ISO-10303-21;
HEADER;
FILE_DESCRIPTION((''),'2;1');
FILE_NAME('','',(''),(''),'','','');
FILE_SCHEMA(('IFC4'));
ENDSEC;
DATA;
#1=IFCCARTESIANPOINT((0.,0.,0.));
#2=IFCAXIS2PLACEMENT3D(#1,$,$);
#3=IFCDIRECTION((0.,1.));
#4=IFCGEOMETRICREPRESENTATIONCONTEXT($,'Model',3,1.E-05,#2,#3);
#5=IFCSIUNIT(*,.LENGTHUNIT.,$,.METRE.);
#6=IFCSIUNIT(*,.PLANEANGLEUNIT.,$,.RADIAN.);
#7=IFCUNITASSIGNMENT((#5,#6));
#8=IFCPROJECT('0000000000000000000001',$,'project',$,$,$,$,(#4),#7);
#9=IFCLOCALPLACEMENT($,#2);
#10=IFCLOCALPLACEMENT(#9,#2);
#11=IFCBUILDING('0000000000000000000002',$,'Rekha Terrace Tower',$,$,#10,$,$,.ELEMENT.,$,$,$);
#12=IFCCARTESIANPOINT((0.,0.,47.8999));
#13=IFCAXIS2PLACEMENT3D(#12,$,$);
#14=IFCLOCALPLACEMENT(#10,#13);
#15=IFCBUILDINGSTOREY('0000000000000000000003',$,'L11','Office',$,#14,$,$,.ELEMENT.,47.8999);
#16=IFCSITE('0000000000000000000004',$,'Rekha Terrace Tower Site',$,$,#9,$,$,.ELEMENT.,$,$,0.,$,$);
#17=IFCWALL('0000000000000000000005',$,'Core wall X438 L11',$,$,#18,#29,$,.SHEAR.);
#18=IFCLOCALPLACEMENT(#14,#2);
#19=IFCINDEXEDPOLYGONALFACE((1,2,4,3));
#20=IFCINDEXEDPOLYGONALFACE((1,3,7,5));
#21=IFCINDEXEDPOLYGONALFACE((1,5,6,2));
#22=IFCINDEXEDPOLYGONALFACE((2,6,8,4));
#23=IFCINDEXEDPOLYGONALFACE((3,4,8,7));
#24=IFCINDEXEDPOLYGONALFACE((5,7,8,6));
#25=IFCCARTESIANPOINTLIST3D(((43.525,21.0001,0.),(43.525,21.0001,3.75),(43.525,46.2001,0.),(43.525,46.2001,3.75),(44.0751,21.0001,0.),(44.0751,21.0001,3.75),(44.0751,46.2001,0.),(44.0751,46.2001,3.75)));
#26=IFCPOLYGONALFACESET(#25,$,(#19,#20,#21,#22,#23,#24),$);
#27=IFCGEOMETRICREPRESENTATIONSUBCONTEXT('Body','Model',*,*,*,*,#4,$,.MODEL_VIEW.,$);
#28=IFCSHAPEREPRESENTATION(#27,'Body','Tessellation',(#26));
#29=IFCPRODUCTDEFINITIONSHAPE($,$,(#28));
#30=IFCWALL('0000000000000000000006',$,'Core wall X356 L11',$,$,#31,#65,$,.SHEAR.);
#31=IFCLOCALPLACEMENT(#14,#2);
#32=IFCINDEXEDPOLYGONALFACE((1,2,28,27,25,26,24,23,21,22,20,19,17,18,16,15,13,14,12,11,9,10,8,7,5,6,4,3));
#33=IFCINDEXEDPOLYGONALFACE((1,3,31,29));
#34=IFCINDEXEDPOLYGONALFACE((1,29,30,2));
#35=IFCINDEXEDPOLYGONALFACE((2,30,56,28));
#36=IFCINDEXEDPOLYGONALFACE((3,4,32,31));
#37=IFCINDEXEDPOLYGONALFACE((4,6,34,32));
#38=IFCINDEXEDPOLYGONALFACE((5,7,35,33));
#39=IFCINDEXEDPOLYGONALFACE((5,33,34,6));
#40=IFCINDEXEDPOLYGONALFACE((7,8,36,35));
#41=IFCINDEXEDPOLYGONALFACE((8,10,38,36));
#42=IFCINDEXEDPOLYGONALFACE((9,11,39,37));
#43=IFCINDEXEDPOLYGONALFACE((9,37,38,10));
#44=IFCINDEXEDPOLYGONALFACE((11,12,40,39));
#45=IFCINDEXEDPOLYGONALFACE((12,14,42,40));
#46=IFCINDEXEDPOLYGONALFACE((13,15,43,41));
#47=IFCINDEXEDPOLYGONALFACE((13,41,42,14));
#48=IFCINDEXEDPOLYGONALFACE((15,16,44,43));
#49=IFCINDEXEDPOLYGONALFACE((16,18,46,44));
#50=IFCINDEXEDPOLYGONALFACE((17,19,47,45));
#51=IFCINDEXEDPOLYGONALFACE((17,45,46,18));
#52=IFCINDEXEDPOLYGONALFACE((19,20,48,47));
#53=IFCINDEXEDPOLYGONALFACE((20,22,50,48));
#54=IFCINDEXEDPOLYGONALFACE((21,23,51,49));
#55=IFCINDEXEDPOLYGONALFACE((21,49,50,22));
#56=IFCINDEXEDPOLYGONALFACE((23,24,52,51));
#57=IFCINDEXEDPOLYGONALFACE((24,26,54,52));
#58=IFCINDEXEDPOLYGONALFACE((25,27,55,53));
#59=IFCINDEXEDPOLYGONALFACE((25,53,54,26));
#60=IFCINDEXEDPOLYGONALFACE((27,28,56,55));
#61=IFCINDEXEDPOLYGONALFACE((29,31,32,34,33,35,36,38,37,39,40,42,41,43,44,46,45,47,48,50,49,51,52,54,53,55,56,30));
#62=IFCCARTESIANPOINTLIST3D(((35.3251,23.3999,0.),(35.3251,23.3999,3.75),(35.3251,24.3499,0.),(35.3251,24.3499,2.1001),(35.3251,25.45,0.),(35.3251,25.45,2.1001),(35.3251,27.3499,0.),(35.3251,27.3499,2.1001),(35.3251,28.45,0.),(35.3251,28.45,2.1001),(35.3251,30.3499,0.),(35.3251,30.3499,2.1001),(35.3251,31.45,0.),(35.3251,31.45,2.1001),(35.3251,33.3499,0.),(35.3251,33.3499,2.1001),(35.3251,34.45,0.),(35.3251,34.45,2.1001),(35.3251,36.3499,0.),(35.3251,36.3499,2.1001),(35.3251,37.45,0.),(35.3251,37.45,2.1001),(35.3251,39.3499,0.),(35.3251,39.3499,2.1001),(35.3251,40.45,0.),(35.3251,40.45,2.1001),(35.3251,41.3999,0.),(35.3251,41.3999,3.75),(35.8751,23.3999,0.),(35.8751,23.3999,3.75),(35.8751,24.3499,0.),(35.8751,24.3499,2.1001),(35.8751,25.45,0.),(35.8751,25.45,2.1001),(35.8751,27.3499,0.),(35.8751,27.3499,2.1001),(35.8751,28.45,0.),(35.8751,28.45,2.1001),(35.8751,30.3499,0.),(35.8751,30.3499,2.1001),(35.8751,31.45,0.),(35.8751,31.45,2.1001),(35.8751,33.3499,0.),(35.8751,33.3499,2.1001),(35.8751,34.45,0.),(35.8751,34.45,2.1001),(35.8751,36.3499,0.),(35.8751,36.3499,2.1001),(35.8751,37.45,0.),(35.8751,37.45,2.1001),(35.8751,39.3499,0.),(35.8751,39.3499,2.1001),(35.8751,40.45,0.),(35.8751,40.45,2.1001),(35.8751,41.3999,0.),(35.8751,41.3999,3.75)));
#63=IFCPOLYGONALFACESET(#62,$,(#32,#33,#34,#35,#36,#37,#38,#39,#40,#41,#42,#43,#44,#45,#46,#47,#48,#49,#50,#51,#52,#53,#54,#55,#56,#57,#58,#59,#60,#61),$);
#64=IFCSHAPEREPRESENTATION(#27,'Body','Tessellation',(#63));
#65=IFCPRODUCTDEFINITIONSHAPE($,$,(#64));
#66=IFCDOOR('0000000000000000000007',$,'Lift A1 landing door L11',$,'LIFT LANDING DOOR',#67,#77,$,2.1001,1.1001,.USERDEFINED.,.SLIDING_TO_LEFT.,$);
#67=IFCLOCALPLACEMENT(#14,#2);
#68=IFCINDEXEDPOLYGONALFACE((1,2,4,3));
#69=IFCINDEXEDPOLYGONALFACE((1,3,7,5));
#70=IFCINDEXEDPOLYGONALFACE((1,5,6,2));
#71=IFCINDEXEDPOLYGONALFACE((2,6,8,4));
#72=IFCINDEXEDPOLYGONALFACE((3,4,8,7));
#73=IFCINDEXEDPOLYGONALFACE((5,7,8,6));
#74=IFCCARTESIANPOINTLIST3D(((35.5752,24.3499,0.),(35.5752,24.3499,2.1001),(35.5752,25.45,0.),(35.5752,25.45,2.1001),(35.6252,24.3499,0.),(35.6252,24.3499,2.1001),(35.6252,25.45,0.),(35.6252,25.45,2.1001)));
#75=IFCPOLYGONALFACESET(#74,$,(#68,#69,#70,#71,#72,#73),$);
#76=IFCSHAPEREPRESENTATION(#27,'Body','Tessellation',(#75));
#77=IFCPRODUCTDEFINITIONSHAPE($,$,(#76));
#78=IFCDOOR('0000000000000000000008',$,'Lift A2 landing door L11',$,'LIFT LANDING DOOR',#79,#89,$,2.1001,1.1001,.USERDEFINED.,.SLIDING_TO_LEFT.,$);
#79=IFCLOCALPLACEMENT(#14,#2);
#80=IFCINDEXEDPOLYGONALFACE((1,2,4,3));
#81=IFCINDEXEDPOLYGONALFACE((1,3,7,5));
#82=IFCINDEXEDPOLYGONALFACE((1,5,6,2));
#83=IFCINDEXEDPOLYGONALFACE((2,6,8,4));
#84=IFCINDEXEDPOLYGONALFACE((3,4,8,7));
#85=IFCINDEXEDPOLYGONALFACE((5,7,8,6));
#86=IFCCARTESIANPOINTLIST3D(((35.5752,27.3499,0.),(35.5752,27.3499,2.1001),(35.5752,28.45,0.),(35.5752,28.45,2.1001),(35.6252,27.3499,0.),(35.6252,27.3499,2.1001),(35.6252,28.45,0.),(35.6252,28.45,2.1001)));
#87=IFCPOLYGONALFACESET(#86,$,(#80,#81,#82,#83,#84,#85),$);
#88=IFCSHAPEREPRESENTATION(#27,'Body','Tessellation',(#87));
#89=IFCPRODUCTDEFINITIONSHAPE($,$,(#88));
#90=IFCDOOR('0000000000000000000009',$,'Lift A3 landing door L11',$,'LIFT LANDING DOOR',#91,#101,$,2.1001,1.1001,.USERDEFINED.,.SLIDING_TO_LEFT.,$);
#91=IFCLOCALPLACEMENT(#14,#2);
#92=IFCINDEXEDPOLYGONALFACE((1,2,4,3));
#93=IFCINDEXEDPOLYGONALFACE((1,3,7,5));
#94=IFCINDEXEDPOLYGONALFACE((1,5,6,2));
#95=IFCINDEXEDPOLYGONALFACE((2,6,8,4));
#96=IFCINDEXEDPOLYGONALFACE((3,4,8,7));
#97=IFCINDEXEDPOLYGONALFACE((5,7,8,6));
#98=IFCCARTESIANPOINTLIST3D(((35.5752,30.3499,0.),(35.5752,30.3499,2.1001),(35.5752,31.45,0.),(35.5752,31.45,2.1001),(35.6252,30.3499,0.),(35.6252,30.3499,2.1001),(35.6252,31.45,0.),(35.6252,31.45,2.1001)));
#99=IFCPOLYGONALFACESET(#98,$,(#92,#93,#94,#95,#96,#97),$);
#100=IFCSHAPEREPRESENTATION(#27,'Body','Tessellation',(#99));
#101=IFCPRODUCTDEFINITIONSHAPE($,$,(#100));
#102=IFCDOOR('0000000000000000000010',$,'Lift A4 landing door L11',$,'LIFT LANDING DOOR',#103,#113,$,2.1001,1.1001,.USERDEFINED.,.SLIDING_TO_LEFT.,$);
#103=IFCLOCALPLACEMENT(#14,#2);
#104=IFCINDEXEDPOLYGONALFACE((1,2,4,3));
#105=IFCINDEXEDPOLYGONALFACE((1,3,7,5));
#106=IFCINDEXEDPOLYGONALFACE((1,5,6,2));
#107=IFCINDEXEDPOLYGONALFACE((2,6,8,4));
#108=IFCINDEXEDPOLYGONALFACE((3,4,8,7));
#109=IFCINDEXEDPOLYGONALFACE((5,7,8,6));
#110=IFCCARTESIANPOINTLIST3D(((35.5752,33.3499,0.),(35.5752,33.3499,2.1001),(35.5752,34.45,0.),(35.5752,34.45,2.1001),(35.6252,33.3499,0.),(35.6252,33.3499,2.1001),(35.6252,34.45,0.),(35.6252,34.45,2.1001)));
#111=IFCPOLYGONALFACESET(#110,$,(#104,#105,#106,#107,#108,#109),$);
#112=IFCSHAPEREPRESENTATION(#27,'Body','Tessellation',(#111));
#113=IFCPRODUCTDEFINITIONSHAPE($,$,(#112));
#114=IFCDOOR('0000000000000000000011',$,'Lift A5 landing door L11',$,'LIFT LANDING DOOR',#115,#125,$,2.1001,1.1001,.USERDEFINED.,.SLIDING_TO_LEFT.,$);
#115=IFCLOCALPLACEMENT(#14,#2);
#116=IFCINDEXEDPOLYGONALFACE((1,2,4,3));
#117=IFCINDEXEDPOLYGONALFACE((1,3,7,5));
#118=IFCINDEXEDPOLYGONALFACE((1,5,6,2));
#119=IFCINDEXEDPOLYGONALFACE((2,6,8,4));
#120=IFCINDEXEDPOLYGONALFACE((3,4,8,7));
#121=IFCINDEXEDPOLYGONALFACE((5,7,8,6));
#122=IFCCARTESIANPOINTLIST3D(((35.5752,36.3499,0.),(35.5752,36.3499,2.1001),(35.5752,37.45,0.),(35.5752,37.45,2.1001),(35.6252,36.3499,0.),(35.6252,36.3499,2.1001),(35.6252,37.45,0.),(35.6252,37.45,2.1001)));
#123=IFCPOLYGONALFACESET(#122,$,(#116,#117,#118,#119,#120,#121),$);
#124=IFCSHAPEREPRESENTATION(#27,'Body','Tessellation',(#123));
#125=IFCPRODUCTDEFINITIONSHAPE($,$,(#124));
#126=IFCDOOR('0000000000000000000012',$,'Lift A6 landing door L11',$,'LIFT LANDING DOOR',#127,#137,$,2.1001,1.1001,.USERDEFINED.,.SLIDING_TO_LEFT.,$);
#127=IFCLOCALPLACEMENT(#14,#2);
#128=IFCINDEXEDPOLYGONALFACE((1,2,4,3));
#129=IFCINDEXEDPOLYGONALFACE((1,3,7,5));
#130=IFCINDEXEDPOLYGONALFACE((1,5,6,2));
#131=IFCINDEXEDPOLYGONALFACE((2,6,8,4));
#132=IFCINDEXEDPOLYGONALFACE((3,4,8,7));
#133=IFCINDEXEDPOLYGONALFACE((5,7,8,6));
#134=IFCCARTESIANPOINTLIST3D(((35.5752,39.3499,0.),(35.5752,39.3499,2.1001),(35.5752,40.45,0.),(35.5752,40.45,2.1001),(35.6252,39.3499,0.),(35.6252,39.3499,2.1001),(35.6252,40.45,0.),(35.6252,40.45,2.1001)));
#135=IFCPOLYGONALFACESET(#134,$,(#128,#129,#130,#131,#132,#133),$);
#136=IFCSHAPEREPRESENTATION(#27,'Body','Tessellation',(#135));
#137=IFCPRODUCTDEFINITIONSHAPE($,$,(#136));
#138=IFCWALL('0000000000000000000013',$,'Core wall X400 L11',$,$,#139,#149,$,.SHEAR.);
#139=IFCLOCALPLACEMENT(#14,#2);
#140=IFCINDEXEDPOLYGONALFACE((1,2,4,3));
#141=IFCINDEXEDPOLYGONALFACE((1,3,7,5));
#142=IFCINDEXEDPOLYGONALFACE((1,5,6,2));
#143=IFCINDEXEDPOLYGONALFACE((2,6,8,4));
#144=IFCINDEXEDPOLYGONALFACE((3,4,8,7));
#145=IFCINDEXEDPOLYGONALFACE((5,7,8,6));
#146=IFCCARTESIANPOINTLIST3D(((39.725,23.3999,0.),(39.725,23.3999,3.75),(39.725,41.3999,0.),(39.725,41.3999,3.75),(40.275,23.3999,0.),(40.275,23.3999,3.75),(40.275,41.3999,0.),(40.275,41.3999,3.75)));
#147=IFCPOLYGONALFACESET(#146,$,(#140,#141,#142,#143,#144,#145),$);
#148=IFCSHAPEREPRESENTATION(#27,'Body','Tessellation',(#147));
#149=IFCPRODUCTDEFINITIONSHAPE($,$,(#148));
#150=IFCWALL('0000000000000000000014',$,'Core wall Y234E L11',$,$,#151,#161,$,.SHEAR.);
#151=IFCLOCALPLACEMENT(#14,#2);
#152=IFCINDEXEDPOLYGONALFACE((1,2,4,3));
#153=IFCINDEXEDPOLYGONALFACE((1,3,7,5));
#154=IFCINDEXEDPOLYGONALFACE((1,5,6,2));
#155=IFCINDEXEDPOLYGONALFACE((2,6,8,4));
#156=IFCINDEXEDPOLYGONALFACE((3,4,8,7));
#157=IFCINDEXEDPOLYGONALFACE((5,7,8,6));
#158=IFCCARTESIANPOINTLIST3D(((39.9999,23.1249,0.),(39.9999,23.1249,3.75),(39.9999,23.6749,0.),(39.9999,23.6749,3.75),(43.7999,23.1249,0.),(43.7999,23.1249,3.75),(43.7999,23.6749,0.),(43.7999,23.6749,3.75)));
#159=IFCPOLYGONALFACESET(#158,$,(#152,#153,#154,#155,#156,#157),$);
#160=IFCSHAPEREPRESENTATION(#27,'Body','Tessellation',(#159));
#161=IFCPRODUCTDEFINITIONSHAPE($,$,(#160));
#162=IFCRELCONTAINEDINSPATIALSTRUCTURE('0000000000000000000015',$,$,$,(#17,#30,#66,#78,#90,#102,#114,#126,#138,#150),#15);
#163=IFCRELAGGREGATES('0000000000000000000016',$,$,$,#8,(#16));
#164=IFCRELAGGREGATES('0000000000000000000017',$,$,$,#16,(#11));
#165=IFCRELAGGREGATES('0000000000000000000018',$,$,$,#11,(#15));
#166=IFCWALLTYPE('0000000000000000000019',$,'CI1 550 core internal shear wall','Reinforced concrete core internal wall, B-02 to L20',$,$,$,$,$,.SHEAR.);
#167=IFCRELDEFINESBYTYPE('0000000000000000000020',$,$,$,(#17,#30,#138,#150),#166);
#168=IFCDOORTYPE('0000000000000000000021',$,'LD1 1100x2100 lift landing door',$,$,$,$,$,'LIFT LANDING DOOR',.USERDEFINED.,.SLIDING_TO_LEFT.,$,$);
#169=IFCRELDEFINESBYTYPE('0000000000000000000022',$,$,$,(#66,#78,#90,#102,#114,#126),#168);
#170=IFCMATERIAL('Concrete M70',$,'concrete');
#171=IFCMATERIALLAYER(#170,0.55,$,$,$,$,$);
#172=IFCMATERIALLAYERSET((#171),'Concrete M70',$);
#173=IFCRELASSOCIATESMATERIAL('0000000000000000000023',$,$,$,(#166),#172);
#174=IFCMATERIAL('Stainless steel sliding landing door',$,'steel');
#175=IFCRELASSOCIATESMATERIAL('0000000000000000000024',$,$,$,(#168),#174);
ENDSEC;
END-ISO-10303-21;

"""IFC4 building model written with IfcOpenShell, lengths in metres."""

from ifc_helpers import new_model, si_unit, direction, frame, frame_2d, origin, place, context, subcontext, project, spatial, rectangle, extrude, material, layer, layer_set, type_object, element, fill, save


model = new_model("IFC4")

# Units and contexts
model_context = context("Model", 3, precision=1e-05, world=origin(), true_north=direction((0.0, 1.0)))
body_context = subcontext(model_context, "Body", "Model", "MODEL_VIEW")
ifc_project = project(units=[si_unit("LENGTHUNIT", "METRE"), si_unit("PLANEANGLEUNIT", "RADIAN")], contexts=[model_context])

# Site, building, storey
site_placement = place(None, origin())
site = spatial("IfcSite", under=ifc_project, at=site_placement, Name="Rekha Terrace Tower Site", CompositionType="ELEMENT", RefElevation=0.0)
building_placement = place(site_placement, origin())
building = spatial("IfcBuilding", under=site, at=building_placement, Name="Rekha Terrace Tower", CompositionType="ELEMENT")
storey_placement = place(building_placement, frame((0.0, 0.0, 47.8999)))
storey = spatial("IfcBuildingStorey", under=building, at=storey_placement, Name="L11", Description="Office", CompositionType="ELEMENT", Elevation=47.8999)

# Wall
ifc_material_1 = material(Name="Concrete M70", Category="concrete")
ifc_layer_1 = layer(ifc_material_1, 0.55)
ifc_layer_set_1 = layer_set([ifc_layer_1], Name="Concrete M70")
wall_type_1 = type_object("IfcWallType", Name="CI1 550 core internal shear wall", Description="Reinforced concrete core internal wall, B-02 to L20", PredefinedType="SHEAR", material=ifc_layer_set_1)
wall_1_placement = place(storey_placement, frame((43.8, 21.0, 0.0), z_axis=(0.0, 0.0, 1.0), x_axis=(0.0, 1.0, 0.0)))
element("IfcWall", 1, at=wall_1_placement, inside=storey, type_object=wall_type_1, Name="Core wall X438 L11", PredefinedType="SHEAR", context=body_context, shape_type="SweptSolid", body=[
    extrude(rectangle(XDim=25.2, YDim=0.55, at=frame_2d((12.6001, 0.0))), origin(), (0.0, 0.0, 1.0), 3.75),
])

# Wall, openings, doors
wall_2_placement = place(storey_placement, frame((35.6001, 23.3999, 0.0), z_axis=(0.0, 0.0, 1.0), x_axis=(0.0, 1.0, 0.0)))
wall_2 = element("IfcWall", 2, at=wall_2_placement, inside=storey, type_object=wall_type_1, Name="Core wall X356 L11", PredefinedType="SHEAR", context=body_context, shape_type="SweptSolid", body=[
    extrude(rectangle(XDim=18.0, YDim=0.55, at=frame_2d((9.0, 0.0))), origin(), (0.0, 0.0, 1.0), 3.75),
])
opening_1_placement = place(wall_2_placement, frame((0.95, 0.0, 0.0)))
opening_1 = element("IfcOpeningElement", 3, at=opening_1_placement, cuts=wall_2, PredefinedType="OPENING", context=body_context, shape_type="SweptSolid", body=[
    extrude(rectangle(XDim=1.1001, YDim=2.1001, at=frame_2d((0.55, 1.05))), frame((0.0, 0.2849, 0.0), z_axis=(0.0, -1.0, 0.0), x_axis=(1.0, 0.0, 0.0)), (0.0, 0.0, 1.0), 0.5701),
])
opening_2_placement = place(wall_2_placement, frame((3.95, 0.0, 0.0)))
opening_2 = element("IfcOpeningElement", 4, at=opening_2_placement, cuts=wall_2, PredefinedType="OPENING", context=body_context, shape_type="SweptSolid", body=[
    extrude(rectangle(XDim=1.1001, YDim=2.1001, at=frame_2d((0.55, 1.05))), frame((0.0, 0.2849, 0.0), z_axis=(0.0, -1.0, 0.0), x_axis=(1.0, 0.0, 0.0)), (0.0, 0.0, 1.0), 0.5701),
])
opening_3_placement = place(wall_2_placement, frame((6.95, 0.0, 0.0)))
opening_3 = element("IfcOpeningElement", 5, at=opening_3_placement, cuts=wall_2, PredefinedType="OPENING", context=body_context, shape_type="SweptSolid", body=[
    extrude(rectangle(XDim=1.1001, YDim=2.1001, at=frame_2d((0.55, 1.05))), frame((0.0, 0.2849, 0.0), z_axis=(0.0, -1.0, 0.0), x_axis=(1.0, 0.0, 0.0)), (0.0, 0.0, 1.0), 0.5701),
])
opening_4_placement = place(wall_2_placement, frame((9.95, 0.0, 0.0)))
opening_4 = element("IfcOpeningElement", 6, at=opening_4_placement, cuts=wall_2, PredefinedType="OPENING", context=body_context, shape_type="SweptSolid", body=[
    extrude(rectangle(XDim=1.1001, YDim=2.1001, at=frame_2d((0.55, 1.05))), frame((0.0, 0.2849, 0.0), z_axis=(0.0, -1.0, 0.0), x_axis=(1.0, 0.0, 0.0)), (0.0, 0.0, 1.0), 0.5701),
])
opening_5_placement = place(wall_2_placement, frame((12.95, 0.0, 0.0)))
opening_5 = element("IfcOpeningElement", 7, at=opening_5_placement, cuts=wall_2, PredefinedType="OPENING", context=body_context, shape_type="SweptSolid", body=[
    extrude(rectangle(XDim=1.1001, YDim=2.1001, at=frame_2d((0.55, 1.05))), frame((0.0, 0.2849, 0.0), z_axis=(0.0, -1.0, 0.0), x_axis=(1.0, 0.0, 0.0)), (0.0, 0.0, 1.0), 0.5701),
])
opening_6_placement = place(wall_2_placement, frame((15.95, 0.0, 0.0)))
opening_6 = element("IfcOpeningElement", 8, at=opening_6_placement, cuts=wall_2, PredefinedType="OPENING", context=body_context, shape_type="SweptSolid", body=[
    extrude(rectangle(XDim=1.1001, YDim=2.1001, at=frame_2d((0.55, 1.05))), frame((0.0, 0.2849, 0.0), z_axis=(0.0, -1.0, 0.0), x_axis=(1.0, 0.0, 0.0)), (0.0, 0.0, 1.0), 0.5701),
])
ifc_material_2 = material(Name="Stainless steel sliding landing door", Category="steel")
door_type_1 = type_object("IfcDoorType", Name="LD1 1100x2100 lift landing door", ElementType="LIFT LANDING DOOR", OperationType="SLIDING_TO_LEFT", PredefinedType="USERDEFINED", material=ifc_material_2)
door_1_placement = place(opening_1_placement, origin())
door_1 = element("IfcDoor", 9, at=door_1_placement, inside=storey, type_object=door_type_1, Name="Lift A1 landing door L11", ObjectType="LIFT LANDING DOOR", OperationType="SLIDING_TO_LEFT", OverallHeight=2.1001, OverallWidth=1.1001, PredefinedType="USERDEFINED", context=body_context, shape_type="SweptSolid", body=[
    extrude(rectangle(XDim=1.1001, YDim=2.1001, at=frame_2d((0.55, 1.05))), frame((0.0, 0.0249, 0.0), z_axis=(0.0, -1.0, 0.0), x_axis=(1.0, 0.0, 0.0)), (0.0, 0.0, 1.0), 0.05),
])
fill(opening_1, door_1)
door_2_placement = place(opening_2_placement, origin())
door_2 = element("IfcDoor", 10, at=door_2_placement, inside=storey, type_object=door_type_1, Name="Lift A2 landing door L11", ObjectType="LIFT LANDING DOOR", OperationType="SLIDING_TO_LEFT", OverallHeight=2.1001, OverallWidth=1.1001, PredefinedType="USERDEFINED", context=body_context, shape_type="SweptSolid", body=[
    extrude(rectangle(XDim=1.1001, YDim=2.1001, at=frame_2d((0.55, 1.05))), frame((0.0, 0.0249, 0.0), z_axis=(0.0, -1.0, 0.0), x_axis=(1.0, 0.0, 0.0)), (0.0, 0.0, 1.0), 0.05),
])
fill(opening_2, door_2)
door_3_placement = place(opening_3_placement, origin())
door_3 = element("IfcDoor", 11, at=door_3_placement, inside=storey, type_object=door_type_1, Name="Lift A3 landing door L11", ObjectType="LIFT LANDING DOOR", OperationType="SLIDING_TO_LEFT", OverallHeight=2.1001, OverallWidth=1.1001, PredefinedType="USERDEFINED", context=body_context, shape_type="SweptSolid", body=[
    extrude(rectangle(XDim=1.1001, YDim=2.1001, at=frame_2d((0.55, 1.05))), frame((0.0, 0.0249, 0.0), z_axis=(0.0, -1.0, 0.0), x_axis=(1.0, 0.0, 0.0)), (0.0, 0.0, 1.0), 0.05),
])
fill(opening_3, door_3)
door_4_placement = place(opening_4_placement, origin())
door_4 = element("IfcDoor", 12, at=door_4_placement, inside=storey, type_object=door_type_1, Name="Lift A4 landing door L11", ObjectType="LIFT LANDING DOOR", OperationType="SLIDING_TO_LEFT", OverallHeight=2.1001, OverallWidth=1.1001, PredefinedType="USERDEFINED", context=body_context, shape_type="SweptSolid", body=[
    extrude(rectangle(XDim=1.1001, YDim=2.1001, at=frame_2d((0.55, 1.05))), frame((0.0, 0.0249, 0.0), z_axis=(0.0, -1.0, 0.0), x_axis=(1.0, 0.0, 0.0)), (0.0, 0.0, 1.0), 0.05),
])
fill(opening_4, door_4)
door_5_placement = place(opening_5_placement, origin())
door_5 = element("IfcDoor", 13, at=door_5_placement, inside=storey, type_object=door_type_1, Name="Lift A5 landing door L11", ObjectType="LIFT LANDING DOOR", OperationType="SLIDING_TO_LEFT", OverallHeight=2.1001, OverallWidth=1.1001, PredefinedType="USERDEFINED", context=body_context, shape_type="SweptSolid", body=[
    extrude(rectangle(XDim=1.1001, YDim=2.1001, at=frame_2d((0.55, 1.05))), frame((0.0, 0.0249, 0.0), z_axis=(0.0, -1.0, 0.0), x_axis=(1.0, 0.0, 0.0)), (0.0, 0.0, 1.0), 0.05),
])
fill(opening_5, door_5)
door_6_placement = place(opening_6_placement, origin())
door_6 = element("IfcDoor", 14, at=door_6_placement, inside=storey, type_object=door_type_1, Name="Lift A6 landing door L11", ObjectType="LIFT LANDING DOOR", OperationType="SLIDING_TO_LEFT", OverallHeight=2.1001, OverallWidth=1.1001, PredefinedType="USERDEFINED", context=body_context, shape_type="SweptSolid", body=[
    extrude(rectangle(XDim=1.1001, YDim=2.1001, at=frame_2d((0.55, 1.05))), frame((0.0, 0.0249, 0.0), z_axis=(0.0, -1.0, 0.0), x_axis=(1.0, 0.0, 0.0)), (0.0, 0.0, 1.0), 0.05),
])
fill(opening_6, door_6)

# Walls
wall_3_placement = place(storey_placement, frame((40.0, 23.3999, 0.0), z_axis=(0.0, 0.0, 1.0), x_axis=(0.0, 1.0, 0.0)))
element("IfcWall", 15, at=wall_3_placement, inside=storey, type_object=wall_type_1, Name="Core wall X400 L11", PredefinedType="SHEAR", context=body_context, shape_type="SweptSolid", body=[
    extrude(rectangle(XDim=18.0, YDim=0.55, at=frame_2d((9.0, 0.0))), origin(), (0.0, 0.0, 1.0), 3.75),
])
wall_4_placement = place(storey_placement, frame((40.0, 23.3999, 0.0), z_axis=(0.0, 0.0, 1.0), x_axis=(1.0, 0.0, 0.0)))
element("IfcWall", 16, at=wall_4_placement, inside=storey, type_object=wall_type_1, Name="Core wall Y234E L11", PredefinedType="SHEAR", context=body_context, shape_type="SweptSolid", body=[
    extrude(rectangle(XDim=3.8, YDim=0.55, at=frame_2d((1.8999, 0.0))), origin(), (0.0, 0.0, 1.0), 3.75),
])

save(model, "model.ifc")
